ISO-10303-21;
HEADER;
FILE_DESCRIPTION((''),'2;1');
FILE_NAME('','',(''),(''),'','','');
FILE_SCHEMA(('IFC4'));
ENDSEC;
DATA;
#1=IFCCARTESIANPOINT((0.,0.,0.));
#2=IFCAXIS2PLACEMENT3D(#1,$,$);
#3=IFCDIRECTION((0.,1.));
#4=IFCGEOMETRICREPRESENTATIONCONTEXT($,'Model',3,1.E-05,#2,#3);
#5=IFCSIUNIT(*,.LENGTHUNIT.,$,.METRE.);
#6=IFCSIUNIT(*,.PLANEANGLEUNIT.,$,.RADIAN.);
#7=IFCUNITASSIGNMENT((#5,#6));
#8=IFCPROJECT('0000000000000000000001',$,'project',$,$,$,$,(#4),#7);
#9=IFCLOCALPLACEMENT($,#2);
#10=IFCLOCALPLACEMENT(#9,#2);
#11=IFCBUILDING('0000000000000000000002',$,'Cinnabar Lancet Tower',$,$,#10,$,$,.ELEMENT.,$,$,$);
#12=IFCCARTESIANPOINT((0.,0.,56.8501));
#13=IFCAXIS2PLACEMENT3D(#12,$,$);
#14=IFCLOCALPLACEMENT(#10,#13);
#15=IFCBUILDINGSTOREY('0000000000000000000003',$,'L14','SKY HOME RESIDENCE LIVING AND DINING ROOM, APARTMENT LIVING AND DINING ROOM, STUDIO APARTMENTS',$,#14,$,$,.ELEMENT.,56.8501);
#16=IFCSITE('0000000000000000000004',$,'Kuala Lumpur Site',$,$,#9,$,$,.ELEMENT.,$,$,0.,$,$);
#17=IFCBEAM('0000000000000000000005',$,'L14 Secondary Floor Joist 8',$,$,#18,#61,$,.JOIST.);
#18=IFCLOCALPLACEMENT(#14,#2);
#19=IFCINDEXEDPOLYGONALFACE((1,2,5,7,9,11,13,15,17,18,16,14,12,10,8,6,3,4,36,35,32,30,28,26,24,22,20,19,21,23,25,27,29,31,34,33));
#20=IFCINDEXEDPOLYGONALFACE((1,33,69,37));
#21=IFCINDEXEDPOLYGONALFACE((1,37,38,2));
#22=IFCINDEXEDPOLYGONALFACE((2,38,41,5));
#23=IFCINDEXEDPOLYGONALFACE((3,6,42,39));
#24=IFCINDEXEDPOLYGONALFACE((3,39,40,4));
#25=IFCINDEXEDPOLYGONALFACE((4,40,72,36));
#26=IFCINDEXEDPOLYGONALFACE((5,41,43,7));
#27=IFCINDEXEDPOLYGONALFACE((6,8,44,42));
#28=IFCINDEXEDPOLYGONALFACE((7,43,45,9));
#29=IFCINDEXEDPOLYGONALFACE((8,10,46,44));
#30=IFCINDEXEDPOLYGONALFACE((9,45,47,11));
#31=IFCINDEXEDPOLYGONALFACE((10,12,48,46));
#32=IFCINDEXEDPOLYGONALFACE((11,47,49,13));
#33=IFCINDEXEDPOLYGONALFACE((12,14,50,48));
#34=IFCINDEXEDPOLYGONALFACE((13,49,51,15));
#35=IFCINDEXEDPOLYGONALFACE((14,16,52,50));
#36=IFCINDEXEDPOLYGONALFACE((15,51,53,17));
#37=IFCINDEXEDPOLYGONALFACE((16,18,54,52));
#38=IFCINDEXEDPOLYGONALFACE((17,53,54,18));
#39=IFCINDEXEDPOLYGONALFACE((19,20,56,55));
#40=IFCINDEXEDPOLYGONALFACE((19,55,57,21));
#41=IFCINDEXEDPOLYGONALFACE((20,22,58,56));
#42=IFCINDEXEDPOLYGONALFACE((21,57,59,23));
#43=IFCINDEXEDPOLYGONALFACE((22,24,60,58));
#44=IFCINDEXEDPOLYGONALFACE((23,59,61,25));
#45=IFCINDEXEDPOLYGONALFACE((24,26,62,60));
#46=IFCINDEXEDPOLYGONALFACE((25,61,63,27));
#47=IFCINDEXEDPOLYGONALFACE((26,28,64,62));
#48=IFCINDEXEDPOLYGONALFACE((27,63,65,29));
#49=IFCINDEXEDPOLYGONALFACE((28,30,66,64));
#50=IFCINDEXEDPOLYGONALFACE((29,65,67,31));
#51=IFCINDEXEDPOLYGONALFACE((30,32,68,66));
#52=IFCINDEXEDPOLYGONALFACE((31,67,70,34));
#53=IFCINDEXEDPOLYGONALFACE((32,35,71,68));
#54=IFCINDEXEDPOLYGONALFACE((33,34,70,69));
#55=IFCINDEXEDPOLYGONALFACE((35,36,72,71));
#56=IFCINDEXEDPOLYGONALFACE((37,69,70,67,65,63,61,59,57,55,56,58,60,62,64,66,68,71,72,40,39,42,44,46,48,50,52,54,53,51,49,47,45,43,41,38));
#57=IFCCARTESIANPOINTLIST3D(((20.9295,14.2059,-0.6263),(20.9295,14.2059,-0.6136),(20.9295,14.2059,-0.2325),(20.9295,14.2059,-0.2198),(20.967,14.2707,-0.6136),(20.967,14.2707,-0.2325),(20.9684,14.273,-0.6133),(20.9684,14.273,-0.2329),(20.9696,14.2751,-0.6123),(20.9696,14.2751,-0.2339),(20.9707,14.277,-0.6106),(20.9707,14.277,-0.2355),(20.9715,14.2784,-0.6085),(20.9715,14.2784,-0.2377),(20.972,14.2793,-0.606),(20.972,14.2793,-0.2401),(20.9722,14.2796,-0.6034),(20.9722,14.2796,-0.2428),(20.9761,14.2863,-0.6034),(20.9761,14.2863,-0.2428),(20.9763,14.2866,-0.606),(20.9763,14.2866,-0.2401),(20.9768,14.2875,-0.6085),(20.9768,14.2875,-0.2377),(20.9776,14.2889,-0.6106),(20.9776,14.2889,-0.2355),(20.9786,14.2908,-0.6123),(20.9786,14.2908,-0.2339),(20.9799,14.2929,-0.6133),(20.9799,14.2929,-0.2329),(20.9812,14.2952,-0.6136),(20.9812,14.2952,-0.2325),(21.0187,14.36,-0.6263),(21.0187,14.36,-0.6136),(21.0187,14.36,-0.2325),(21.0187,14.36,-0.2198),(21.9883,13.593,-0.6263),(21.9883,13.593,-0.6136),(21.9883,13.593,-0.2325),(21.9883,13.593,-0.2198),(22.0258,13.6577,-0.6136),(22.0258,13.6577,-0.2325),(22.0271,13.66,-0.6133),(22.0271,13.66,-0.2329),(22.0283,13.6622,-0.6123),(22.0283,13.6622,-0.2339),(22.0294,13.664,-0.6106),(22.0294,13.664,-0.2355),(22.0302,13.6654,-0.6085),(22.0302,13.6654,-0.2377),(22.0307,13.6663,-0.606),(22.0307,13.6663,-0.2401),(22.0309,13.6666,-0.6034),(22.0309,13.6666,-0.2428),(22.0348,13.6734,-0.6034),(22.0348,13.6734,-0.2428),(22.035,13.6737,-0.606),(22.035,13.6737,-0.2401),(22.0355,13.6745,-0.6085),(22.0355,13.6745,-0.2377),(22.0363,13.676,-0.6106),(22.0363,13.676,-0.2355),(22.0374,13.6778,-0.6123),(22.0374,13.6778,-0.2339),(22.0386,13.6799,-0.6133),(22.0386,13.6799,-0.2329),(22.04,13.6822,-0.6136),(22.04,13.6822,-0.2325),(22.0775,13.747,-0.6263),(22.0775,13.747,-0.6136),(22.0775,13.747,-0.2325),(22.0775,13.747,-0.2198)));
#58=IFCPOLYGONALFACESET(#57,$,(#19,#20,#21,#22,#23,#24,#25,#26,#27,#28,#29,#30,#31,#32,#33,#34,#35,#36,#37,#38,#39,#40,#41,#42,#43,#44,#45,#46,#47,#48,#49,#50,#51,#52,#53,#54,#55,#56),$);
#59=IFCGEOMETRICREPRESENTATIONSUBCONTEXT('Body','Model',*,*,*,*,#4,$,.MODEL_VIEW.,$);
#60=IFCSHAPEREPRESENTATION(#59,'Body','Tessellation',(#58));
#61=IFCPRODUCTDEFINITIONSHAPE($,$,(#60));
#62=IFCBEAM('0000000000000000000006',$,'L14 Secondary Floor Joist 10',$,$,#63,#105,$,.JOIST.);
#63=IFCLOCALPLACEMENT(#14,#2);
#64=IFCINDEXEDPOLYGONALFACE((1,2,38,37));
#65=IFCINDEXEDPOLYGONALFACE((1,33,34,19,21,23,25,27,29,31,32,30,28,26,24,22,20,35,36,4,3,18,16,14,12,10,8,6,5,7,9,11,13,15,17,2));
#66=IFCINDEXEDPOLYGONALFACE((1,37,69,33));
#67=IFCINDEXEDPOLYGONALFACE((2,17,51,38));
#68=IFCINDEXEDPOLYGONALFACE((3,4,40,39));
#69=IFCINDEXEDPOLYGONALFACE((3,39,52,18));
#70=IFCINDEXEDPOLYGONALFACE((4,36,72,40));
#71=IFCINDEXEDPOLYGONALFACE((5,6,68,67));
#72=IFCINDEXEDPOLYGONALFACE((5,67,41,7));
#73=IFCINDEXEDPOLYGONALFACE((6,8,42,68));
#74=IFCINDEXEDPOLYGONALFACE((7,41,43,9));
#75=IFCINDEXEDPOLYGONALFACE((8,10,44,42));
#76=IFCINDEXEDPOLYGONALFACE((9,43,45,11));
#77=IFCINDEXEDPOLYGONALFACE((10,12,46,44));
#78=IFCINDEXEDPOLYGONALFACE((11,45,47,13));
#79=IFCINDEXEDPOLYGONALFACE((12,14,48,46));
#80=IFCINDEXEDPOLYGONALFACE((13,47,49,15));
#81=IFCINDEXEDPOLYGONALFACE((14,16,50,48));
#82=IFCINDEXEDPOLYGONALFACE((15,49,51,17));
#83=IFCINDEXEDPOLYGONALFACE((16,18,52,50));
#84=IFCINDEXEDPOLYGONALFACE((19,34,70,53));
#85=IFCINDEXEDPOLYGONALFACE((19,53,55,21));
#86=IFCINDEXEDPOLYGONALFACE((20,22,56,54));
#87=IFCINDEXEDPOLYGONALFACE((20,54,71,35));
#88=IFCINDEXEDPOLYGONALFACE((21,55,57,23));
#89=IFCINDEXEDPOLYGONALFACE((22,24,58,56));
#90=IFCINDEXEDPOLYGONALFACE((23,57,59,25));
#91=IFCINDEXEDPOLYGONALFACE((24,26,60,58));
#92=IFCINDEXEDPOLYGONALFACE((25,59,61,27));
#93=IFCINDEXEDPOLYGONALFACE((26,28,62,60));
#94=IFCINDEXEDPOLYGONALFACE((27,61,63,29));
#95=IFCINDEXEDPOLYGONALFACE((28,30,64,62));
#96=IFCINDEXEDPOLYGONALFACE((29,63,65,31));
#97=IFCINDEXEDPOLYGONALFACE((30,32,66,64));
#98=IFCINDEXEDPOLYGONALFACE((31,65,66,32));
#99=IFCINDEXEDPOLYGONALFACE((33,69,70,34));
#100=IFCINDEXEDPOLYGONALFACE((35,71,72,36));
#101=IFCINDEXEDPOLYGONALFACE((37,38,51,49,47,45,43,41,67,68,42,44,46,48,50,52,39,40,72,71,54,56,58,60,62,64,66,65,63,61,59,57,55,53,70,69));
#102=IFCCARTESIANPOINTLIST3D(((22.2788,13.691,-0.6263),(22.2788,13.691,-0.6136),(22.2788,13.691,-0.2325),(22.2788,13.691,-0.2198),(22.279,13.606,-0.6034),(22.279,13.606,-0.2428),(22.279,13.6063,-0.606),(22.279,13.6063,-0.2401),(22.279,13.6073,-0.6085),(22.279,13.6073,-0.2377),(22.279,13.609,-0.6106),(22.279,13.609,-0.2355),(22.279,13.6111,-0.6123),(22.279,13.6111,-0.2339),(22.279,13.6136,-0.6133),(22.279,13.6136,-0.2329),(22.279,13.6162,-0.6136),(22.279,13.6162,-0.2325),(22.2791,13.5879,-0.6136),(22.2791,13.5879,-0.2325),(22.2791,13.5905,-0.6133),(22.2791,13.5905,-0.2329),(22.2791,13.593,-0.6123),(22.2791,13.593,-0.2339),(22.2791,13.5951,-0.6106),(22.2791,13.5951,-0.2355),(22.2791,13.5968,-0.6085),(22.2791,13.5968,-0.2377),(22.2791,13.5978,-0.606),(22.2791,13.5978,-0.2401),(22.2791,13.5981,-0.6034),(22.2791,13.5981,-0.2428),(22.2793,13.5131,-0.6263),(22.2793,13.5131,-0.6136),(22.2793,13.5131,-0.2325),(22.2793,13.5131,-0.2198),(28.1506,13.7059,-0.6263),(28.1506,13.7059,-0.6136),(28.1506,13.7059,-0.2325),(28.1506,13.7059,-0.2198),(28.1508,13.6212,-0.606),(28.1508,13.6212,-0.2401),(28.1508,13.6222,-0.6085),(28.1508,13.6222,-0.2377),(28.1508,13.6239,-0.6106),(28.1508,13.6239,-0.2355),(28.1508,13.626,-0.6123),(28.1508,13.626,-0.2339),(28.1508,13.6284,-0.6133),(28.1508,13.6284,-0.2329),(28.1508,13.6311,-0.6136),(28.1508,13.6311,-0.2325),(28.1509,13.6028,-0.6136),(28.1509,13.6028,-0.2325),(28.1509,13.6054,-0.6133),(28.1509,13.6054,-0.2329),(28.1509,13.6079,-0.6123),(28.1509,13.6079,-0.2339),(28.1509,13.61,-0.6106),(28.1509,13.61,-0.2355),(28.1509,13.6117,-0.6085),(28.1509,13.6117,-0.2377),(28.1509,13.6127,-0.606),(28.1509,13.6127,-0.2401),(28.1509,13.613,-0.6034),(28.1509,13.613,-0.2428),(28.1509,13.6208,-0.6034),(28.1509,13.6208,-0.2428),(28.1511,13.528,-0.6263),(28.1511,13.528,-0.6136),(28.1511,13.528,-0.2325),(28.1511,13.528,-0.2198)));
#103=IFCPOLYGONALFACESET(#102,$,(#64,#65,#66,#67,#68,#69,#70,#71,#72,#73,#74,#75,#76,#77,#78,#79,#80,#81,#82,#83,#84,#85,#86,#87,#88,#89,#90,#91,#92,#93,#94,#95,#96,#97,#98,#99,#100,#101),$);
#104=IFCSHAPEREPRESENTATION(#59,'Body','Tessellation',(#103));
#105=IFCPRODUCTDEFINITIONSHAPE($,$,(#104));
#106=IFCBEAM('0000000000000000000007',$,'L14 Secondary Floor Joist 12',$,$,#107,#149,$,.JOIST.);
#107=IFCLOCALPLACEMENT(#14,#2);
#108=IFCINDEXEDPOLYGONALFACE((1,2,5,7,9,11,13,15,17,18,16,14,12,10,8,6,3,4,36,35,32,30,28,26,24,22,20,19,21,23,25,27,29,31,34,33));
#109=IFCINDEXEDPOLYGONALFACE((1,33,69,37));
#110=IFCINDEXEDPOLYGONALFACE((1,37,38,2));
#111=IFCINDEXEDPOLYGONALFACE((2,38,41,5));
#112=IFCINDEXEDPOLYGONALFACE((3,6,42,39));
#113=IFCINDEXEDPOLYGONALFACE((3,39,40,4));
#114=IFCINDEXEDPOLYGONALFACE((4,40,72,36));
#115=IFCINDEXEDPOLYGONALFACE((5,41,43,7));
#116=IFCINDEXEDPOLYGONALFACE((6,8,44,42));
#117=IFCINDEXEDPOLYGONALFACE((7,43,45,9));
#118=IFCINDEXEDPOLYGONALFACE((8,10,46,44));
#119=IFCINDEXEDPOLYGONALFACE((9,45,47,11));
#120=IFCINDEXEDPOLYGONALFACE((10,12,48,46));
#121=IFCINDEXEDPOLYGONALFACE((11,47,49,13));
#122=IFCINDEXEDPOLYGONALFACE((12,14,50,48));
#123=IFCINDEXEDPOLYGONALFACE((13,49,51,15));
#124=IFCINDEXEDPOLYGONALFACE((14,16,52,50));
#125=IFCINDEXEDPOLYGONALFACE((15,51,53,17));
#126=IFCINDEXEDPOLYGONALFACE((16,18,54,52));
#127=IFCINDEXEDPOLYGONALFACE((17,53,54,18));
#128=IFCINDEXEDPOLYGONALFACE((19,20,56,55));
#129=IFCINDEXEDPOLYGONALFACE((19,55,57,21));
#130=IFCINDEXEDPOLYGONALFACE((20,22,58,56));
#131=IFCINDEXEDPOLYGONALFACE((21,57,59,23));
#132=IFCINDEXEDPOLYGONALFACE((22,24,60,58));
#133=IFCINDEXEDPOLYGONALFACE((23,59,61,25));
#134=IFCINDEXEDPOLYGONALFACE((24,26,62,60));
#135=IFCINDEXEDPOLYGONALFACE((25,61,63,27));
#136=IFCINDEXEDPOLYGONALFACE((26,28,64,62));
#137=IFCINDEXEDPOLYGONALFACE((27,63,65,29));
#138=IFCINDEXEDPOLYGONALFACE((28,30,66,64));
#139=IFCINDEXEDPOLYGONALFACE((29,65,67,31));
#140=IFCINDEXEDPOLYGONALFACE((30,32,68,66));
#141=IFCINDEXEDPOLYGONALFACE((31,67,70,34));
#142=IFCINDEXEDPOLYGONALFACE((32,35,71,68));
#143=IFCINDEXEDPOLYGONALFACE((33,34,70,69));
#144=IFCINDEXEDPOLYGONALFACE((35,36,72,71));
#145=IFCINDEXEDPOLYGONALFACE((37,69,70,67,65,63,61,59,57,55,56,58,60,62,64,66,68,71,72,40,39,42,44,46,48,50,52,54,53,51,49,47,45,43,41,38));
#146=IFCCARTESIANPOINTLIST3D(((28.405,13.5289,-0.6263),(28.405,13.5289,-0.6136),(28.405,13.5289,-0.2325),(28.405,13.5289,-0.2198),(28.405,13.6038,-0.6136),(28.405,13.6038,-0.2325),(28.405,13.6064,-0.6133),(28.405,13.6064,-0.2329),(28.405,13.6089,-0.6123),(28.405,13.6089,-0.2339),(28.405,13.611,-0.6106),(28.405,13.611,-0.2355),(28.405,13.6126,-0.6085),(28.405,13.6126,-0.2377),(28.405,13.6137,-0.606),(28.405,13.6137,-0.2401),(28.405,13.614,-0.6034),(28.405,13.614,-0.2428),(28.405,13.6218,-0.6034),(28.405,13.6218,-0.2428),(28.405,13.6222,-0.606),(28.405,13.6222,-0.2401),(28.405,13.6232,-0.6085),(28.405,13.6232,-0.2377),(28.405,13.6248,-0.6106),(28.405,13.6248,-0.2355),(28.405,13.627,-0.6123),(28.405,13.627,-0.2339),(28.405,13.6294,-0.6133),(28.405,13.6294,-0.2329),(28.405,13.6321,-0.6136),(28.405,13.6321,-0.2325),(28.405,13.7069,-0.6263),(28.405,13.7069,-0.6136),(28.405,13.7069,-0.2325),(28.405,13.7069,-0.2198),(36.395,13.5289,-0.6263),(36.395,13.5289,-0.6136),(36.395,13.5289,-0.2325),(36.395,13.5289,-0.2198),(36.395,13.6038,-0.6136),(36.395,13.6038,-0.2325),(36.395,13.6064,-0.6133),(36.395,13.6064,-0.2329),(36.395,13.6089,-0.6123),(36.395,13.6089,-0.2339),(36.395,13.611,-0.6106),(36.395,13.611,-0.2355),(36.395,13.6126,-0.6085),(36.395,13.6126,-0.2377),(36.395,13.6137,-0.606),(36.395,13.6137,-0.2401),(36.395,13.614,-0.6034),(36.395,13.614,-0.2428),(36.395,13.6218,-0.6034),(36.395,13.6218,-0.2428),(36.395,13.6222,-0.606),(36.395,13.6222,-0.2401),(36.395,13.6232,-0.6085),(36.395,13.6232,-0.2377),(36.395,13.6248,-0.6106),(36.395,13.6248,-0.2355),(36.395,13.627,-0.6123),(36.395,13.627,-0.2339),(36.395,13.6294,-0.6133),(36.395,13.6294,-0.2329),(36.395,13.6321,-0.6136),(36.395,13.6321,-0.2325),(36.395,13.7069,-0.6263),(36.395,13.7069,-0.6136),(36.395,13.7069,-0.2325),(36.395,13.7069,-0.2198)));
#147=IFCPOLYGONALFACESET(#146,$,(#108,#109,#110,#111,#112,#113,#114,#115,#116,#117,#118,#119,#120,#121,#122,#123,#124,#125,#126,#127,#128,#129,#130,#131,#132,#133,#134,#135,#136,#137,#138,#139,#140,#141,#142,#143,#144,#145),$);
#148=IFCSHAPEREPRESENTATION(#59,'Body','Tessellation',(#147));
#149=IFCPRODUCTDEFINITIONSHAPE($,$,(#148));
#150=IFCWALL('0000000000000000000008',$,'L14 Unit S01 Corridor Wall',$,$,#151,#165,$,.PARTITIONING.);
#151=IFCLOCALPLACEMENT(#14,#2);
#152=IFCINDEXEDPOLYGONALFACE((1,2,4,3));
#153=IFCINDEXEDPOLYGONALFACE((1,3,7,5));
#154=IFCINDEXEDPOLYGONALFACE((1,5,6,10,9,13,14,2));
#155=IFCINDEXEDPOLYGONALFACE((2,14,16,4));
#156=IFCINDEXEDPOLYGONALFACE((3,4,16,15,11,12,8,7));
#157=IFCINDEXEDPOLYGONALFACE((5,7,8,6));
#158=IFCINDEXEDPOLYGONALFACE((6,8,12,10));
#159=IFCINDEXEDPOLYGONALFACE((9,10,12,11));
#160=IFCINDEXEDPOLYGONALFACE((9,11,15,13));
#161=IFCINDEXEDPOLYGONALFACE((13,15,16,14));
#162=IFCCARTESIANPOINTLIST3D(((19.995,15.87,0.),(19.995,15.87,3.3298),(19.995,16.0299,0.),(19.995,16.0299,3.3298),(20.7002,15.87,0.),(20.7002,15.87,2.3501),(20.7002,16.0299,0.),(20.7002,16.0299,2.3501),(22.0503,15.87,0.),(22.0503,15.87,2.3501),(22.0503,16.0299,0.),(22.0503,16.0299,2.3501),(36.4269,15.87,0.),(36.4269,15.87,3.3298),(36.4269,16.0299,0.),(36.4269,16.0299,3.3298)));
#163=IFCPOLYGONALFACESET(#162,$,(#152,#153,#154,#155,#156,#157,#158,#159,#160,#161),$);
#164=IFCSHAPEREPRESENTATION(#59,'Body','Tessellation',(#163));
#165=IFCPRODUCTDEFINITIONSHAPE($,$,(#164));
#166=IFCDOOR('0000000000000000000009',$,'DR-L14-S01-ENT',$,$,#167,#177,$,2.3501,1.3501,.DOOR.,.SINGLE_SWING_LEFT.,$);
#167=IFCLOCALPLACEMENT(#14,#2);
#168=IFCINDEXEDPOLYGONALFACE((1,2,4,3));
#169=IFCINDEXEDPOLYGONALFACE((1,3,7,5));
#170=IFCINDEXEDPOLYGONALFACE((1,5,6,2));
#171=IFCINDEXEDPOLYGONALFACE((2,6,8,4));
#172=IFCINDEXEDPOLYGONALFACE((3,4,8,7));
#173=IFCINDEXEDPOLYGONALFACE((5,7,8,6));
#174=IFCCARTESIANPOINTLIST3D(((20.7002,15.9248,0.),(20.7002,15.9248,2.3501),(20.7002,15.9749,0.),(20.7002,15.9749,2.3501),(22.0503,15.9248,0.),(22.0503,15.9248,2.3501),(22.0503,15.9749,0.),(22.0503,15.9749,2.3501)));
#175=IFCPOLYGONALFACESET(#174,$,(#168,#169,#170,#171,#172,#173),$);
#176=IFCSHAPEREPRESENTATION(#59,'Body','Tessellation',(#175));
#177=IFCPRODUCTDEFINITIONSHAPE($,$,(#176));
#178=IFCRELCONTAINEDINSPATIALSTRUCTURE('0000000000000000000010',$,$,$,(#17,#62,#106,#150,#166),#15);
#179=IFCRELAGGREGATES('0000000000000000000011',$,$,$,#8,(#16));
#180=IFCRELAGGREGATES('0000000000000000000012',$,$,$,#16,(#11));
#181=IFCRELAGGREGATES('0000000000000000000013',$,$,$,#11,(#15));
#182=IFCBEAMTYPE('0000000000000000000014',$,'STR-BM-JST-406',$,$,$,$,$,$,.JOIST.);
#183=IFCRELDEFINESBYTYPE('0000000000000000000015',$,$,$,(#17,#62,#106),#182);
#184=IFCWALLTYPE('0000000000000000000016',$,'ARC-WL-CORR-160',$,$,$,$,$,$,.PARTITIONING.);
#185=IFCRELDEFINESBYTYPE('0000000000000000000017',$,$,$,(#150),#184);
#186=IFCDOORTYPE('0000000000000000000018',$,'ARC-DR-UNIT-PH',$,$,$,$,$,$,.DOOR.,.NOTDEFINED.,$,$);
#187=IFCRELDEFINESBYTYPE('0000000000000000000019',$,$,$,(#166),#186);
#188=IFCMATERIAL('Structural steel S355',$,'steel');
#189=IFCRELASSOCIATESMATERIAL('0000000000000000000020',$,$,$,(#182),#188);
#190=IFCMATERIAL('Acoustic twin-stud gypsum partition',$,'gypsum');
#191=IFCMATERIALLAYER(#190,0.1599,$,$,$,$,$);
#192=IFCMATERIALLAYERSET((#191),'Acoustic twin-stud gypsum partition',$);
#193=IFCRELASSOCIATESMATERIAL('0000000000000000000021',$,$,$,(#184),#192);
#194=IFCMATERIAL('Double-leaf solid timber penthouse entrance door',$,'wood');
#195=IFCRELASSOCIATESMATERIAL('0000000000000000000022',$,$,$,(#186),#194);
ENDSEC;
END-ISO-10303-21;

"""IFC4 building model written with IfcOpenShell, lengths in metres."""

from ifc_helpers import new_model, si_unit, direction, frame, frame_2d, origin, origin_2d, place, context, subcontext, project, spatial, rectangle, i_section, extrude, material, layer, layer_set, material_profile, profile_set, type_object, element, fill, save


model = new_model("IFC4")

# Units and contexts
model_context = context("Model", 3, precision=1e-05, world=origin(), true_north=direction((0.0, 1.0)))
body_context = subcontext(model_context, "Body", "Model", "MODEL_VIEW")
ifc_project = project(units=[si_unit("LENGTHUNIT", "METRE"), si_unit("PLANEANGLEUNIT", "RADIAN")], contexts=[model_context])

# Site, building, storey
site_placement = place(None, origin())
site = spatial("IfcSite", under=ifc_project, at=site_placement, Name="Kuala Lumpur Site", CompositionType="ELEMENT", RefElevation=0.0)
building_placement = place(site_placement, origin())
building = spatial("IfcBuilding", under=site, at=building_placement, Name="Cinnabar Lancet Tower", CompositionType="ELEMENT")
storey_placement = place(building_placement, frame((0.0, 0.0, 56.8501)))
storey = spatial("IfcBuildingStorey", under=building, at=storey_placement, Name="L14", Description="SKY HOME RESIDENCE LIVING AND DINING ROOM, APARTMENT LIVING AND DINING ROOM, STUDIO APARTMENTS", CompositionType="ELEMENT", Elevation=56.8501)

# Beams
ifc_material_1 = material(Name="Structural steel S355", Category="steel")
ifc_material_profile_1 = material_profile(ifc_material_1, i_section(OverallWidth=0.178, OverallDepth=0.4065, WebThickness=0.0078, FlangeThickness=0.0127, FilletRadius=0.0103, at=origin_2d()), Name="UKB 406x178x60")
ifc_profile_set_1 = profile_set([ifc_material_profile_1], Name="Structural steel S355")
beam_type = type_object("IfcBeamType", Name="STR-BM-JST-406", PredefinedType="JOIST", material=ifc_profile_set_1)
beam_1_placement = place(storey_placement, frame((20.9741, 14.283, -0.4231), z_axis=(0.865417, -0.501052, 0.0), x_axis=(0.501052, 0.865417, 0.0)))
element("IfcBeam", 1, at=beam_1_placement, inside=storey, type_object=beam_type, Name="L14 Secondary Floor Joist 8", PredefinedType="JOIST", context=body_context, shape_type="SweptSolid", body=[
    extrude(i_section(OverallWidth=0.178, OverallDepth=0.4065, WebThickness=0.0078, FlangeThickness=0.0127, FilletRadius=0.0103, at=origin_2d()), origin(), (0.0, 0.0, 1.0), 1.2234),
])
beam_2_placement = place(storey_placement, frame((22.2791, 13.6021, -0.4231), z_axis=(0.999997, 0.002536, 0.0), x_axis=(-0.002536, 0.999997, 0.0)))
element("IfcBeam", 2, at=beam_2_placement, inside=storey, type_object=beam_type, Name="L14 Secondary Floor Joist 10", PredefinedType="JOIST", context=body_context, shape_type="SweptSolid", body=[
    extrude(i_section(OverallWidth=0.178, OverallDepth=0.4065, WebThickness=0.0078, FlangeThickness=0.0127, FilletRadius=0.0103, at=origin_2d()), origin(), (0.0, 0.0, 1.0), 5.8718),
])
beam_3_placement = place(storey_placement, frame((28.405, 13.6179, -0.4231), z_axis=(1.0, 0.0, 0.0), x_axis=(0.0, 1.0, 0.0)))
element("IfcBeam", 3, at=beam_3_placement, inside=storey, type_object=beam_type, Name="L14 Secondary Floor Joist 12", PredefinedType="JOIST", context=body_context, shape_type="SweptSolid", body=[
    extrude(i_section(OverallWidth=0.178, OverallDepth=0.4065, WebThickness=0.0078, FlangeThickness=0.0127, FilletRadius=0.0103, at=origin_2d()), origin(), (0.0, 0.0, 1.0), 7.99),
])

# Wall, opening, door
ifc_material_2 = material(Name="Acoustic twin-stud gypsum partition", Category="gypsum")
ifc_layer_1 = layer(ifc_material_2, 0.1599)
ifc_layer_set_1 = layer_set([ifc_layer_1], Name="Acoustic twin-stud gypsum partition")
wall_type_1 = type_object("IfcWallType", Name="ARC-WL-CORR-160", PredefinedType="PARTITIONING", material=ifc_layer_set_1)
wall_1_placement = place(storey_placement, frame((19.9951, 15.95, 0.0), z_axis=(0.0, 0.0, 1.0), x_axis=(1.0, 0.0, 0.0)))
wall_1 = element("IfcWall", 4, at=wall_1_placement, inside=storey, type_object=wall_type_1, Name="L14 Unit S01 Corridor Wall", PredefinedType="PARTITIONING", context=body_context, shape_type="SweptSolid", body=[
    extrude(rectangle(XDim=16.4319, YDim=0.1599, at=frame_2d((8.2158, 0.0))), origin(), (0.0, 0.0, 1.0), 3.3298),
])
opening_1_placement = place(wall_1_placement, frame((0.7051, 0.0, 0.0)))
opening_1 = element("IfcOpeningElement", 5, at=opening_1_placement, cuts=wall_1, PredefinedType="OPENING", context=body_context, shape_type="SweptSolid", body=[
    extrude(rectangle(XDim=1.3501, YDim=2.3501, at=frame_2d((0.675, 1.175))), frame((0.0, 0.0898, 0.0), z_axis=(0.0, -1.0, 0.0), x_axis=(1.0, 0.0, 0.0)), (0.0, 0.0, 1.0), 0.1799),
])
ifc_material_3 = material(Name="Double-leaf solid timber penthouse entrance door", Category="wood")
door_type_1 = type_object("IfcDoorType", Name="ARC-DR-UNIT-PH", OperationType="NOTDEFINED", PredefinedType="DOOR", material=ifc_material_3)
door_1_placement = place(opening_1_placement, origin())
door_1 = element("IfcDoor", 6, at=door_1_placement, inside=storey, type_object=door_type_1, Name="DR-L14-S01-ENT", OperationType="SINGLE_SWING_LEFT", OverallHeight=2.3501, OverallWidth=1.3501, PredefinedType="DOOR", context=body_context, shape_type="SweptSolid", body=[
    extrude(rectangle(XDim=1.3501, YDim=2.3501, at=frame_2d((0.675, 1.175))), frame((0.0, 0.0249, 0.0), z_axis=(0.0, -1.0, 0.0), x_axis=(1.0, 0.0, 0.0)), (0.0, 0.0, 1.0), 0.05),
])
fill(opening_1, door_1)

save(model, "model.ifc")
